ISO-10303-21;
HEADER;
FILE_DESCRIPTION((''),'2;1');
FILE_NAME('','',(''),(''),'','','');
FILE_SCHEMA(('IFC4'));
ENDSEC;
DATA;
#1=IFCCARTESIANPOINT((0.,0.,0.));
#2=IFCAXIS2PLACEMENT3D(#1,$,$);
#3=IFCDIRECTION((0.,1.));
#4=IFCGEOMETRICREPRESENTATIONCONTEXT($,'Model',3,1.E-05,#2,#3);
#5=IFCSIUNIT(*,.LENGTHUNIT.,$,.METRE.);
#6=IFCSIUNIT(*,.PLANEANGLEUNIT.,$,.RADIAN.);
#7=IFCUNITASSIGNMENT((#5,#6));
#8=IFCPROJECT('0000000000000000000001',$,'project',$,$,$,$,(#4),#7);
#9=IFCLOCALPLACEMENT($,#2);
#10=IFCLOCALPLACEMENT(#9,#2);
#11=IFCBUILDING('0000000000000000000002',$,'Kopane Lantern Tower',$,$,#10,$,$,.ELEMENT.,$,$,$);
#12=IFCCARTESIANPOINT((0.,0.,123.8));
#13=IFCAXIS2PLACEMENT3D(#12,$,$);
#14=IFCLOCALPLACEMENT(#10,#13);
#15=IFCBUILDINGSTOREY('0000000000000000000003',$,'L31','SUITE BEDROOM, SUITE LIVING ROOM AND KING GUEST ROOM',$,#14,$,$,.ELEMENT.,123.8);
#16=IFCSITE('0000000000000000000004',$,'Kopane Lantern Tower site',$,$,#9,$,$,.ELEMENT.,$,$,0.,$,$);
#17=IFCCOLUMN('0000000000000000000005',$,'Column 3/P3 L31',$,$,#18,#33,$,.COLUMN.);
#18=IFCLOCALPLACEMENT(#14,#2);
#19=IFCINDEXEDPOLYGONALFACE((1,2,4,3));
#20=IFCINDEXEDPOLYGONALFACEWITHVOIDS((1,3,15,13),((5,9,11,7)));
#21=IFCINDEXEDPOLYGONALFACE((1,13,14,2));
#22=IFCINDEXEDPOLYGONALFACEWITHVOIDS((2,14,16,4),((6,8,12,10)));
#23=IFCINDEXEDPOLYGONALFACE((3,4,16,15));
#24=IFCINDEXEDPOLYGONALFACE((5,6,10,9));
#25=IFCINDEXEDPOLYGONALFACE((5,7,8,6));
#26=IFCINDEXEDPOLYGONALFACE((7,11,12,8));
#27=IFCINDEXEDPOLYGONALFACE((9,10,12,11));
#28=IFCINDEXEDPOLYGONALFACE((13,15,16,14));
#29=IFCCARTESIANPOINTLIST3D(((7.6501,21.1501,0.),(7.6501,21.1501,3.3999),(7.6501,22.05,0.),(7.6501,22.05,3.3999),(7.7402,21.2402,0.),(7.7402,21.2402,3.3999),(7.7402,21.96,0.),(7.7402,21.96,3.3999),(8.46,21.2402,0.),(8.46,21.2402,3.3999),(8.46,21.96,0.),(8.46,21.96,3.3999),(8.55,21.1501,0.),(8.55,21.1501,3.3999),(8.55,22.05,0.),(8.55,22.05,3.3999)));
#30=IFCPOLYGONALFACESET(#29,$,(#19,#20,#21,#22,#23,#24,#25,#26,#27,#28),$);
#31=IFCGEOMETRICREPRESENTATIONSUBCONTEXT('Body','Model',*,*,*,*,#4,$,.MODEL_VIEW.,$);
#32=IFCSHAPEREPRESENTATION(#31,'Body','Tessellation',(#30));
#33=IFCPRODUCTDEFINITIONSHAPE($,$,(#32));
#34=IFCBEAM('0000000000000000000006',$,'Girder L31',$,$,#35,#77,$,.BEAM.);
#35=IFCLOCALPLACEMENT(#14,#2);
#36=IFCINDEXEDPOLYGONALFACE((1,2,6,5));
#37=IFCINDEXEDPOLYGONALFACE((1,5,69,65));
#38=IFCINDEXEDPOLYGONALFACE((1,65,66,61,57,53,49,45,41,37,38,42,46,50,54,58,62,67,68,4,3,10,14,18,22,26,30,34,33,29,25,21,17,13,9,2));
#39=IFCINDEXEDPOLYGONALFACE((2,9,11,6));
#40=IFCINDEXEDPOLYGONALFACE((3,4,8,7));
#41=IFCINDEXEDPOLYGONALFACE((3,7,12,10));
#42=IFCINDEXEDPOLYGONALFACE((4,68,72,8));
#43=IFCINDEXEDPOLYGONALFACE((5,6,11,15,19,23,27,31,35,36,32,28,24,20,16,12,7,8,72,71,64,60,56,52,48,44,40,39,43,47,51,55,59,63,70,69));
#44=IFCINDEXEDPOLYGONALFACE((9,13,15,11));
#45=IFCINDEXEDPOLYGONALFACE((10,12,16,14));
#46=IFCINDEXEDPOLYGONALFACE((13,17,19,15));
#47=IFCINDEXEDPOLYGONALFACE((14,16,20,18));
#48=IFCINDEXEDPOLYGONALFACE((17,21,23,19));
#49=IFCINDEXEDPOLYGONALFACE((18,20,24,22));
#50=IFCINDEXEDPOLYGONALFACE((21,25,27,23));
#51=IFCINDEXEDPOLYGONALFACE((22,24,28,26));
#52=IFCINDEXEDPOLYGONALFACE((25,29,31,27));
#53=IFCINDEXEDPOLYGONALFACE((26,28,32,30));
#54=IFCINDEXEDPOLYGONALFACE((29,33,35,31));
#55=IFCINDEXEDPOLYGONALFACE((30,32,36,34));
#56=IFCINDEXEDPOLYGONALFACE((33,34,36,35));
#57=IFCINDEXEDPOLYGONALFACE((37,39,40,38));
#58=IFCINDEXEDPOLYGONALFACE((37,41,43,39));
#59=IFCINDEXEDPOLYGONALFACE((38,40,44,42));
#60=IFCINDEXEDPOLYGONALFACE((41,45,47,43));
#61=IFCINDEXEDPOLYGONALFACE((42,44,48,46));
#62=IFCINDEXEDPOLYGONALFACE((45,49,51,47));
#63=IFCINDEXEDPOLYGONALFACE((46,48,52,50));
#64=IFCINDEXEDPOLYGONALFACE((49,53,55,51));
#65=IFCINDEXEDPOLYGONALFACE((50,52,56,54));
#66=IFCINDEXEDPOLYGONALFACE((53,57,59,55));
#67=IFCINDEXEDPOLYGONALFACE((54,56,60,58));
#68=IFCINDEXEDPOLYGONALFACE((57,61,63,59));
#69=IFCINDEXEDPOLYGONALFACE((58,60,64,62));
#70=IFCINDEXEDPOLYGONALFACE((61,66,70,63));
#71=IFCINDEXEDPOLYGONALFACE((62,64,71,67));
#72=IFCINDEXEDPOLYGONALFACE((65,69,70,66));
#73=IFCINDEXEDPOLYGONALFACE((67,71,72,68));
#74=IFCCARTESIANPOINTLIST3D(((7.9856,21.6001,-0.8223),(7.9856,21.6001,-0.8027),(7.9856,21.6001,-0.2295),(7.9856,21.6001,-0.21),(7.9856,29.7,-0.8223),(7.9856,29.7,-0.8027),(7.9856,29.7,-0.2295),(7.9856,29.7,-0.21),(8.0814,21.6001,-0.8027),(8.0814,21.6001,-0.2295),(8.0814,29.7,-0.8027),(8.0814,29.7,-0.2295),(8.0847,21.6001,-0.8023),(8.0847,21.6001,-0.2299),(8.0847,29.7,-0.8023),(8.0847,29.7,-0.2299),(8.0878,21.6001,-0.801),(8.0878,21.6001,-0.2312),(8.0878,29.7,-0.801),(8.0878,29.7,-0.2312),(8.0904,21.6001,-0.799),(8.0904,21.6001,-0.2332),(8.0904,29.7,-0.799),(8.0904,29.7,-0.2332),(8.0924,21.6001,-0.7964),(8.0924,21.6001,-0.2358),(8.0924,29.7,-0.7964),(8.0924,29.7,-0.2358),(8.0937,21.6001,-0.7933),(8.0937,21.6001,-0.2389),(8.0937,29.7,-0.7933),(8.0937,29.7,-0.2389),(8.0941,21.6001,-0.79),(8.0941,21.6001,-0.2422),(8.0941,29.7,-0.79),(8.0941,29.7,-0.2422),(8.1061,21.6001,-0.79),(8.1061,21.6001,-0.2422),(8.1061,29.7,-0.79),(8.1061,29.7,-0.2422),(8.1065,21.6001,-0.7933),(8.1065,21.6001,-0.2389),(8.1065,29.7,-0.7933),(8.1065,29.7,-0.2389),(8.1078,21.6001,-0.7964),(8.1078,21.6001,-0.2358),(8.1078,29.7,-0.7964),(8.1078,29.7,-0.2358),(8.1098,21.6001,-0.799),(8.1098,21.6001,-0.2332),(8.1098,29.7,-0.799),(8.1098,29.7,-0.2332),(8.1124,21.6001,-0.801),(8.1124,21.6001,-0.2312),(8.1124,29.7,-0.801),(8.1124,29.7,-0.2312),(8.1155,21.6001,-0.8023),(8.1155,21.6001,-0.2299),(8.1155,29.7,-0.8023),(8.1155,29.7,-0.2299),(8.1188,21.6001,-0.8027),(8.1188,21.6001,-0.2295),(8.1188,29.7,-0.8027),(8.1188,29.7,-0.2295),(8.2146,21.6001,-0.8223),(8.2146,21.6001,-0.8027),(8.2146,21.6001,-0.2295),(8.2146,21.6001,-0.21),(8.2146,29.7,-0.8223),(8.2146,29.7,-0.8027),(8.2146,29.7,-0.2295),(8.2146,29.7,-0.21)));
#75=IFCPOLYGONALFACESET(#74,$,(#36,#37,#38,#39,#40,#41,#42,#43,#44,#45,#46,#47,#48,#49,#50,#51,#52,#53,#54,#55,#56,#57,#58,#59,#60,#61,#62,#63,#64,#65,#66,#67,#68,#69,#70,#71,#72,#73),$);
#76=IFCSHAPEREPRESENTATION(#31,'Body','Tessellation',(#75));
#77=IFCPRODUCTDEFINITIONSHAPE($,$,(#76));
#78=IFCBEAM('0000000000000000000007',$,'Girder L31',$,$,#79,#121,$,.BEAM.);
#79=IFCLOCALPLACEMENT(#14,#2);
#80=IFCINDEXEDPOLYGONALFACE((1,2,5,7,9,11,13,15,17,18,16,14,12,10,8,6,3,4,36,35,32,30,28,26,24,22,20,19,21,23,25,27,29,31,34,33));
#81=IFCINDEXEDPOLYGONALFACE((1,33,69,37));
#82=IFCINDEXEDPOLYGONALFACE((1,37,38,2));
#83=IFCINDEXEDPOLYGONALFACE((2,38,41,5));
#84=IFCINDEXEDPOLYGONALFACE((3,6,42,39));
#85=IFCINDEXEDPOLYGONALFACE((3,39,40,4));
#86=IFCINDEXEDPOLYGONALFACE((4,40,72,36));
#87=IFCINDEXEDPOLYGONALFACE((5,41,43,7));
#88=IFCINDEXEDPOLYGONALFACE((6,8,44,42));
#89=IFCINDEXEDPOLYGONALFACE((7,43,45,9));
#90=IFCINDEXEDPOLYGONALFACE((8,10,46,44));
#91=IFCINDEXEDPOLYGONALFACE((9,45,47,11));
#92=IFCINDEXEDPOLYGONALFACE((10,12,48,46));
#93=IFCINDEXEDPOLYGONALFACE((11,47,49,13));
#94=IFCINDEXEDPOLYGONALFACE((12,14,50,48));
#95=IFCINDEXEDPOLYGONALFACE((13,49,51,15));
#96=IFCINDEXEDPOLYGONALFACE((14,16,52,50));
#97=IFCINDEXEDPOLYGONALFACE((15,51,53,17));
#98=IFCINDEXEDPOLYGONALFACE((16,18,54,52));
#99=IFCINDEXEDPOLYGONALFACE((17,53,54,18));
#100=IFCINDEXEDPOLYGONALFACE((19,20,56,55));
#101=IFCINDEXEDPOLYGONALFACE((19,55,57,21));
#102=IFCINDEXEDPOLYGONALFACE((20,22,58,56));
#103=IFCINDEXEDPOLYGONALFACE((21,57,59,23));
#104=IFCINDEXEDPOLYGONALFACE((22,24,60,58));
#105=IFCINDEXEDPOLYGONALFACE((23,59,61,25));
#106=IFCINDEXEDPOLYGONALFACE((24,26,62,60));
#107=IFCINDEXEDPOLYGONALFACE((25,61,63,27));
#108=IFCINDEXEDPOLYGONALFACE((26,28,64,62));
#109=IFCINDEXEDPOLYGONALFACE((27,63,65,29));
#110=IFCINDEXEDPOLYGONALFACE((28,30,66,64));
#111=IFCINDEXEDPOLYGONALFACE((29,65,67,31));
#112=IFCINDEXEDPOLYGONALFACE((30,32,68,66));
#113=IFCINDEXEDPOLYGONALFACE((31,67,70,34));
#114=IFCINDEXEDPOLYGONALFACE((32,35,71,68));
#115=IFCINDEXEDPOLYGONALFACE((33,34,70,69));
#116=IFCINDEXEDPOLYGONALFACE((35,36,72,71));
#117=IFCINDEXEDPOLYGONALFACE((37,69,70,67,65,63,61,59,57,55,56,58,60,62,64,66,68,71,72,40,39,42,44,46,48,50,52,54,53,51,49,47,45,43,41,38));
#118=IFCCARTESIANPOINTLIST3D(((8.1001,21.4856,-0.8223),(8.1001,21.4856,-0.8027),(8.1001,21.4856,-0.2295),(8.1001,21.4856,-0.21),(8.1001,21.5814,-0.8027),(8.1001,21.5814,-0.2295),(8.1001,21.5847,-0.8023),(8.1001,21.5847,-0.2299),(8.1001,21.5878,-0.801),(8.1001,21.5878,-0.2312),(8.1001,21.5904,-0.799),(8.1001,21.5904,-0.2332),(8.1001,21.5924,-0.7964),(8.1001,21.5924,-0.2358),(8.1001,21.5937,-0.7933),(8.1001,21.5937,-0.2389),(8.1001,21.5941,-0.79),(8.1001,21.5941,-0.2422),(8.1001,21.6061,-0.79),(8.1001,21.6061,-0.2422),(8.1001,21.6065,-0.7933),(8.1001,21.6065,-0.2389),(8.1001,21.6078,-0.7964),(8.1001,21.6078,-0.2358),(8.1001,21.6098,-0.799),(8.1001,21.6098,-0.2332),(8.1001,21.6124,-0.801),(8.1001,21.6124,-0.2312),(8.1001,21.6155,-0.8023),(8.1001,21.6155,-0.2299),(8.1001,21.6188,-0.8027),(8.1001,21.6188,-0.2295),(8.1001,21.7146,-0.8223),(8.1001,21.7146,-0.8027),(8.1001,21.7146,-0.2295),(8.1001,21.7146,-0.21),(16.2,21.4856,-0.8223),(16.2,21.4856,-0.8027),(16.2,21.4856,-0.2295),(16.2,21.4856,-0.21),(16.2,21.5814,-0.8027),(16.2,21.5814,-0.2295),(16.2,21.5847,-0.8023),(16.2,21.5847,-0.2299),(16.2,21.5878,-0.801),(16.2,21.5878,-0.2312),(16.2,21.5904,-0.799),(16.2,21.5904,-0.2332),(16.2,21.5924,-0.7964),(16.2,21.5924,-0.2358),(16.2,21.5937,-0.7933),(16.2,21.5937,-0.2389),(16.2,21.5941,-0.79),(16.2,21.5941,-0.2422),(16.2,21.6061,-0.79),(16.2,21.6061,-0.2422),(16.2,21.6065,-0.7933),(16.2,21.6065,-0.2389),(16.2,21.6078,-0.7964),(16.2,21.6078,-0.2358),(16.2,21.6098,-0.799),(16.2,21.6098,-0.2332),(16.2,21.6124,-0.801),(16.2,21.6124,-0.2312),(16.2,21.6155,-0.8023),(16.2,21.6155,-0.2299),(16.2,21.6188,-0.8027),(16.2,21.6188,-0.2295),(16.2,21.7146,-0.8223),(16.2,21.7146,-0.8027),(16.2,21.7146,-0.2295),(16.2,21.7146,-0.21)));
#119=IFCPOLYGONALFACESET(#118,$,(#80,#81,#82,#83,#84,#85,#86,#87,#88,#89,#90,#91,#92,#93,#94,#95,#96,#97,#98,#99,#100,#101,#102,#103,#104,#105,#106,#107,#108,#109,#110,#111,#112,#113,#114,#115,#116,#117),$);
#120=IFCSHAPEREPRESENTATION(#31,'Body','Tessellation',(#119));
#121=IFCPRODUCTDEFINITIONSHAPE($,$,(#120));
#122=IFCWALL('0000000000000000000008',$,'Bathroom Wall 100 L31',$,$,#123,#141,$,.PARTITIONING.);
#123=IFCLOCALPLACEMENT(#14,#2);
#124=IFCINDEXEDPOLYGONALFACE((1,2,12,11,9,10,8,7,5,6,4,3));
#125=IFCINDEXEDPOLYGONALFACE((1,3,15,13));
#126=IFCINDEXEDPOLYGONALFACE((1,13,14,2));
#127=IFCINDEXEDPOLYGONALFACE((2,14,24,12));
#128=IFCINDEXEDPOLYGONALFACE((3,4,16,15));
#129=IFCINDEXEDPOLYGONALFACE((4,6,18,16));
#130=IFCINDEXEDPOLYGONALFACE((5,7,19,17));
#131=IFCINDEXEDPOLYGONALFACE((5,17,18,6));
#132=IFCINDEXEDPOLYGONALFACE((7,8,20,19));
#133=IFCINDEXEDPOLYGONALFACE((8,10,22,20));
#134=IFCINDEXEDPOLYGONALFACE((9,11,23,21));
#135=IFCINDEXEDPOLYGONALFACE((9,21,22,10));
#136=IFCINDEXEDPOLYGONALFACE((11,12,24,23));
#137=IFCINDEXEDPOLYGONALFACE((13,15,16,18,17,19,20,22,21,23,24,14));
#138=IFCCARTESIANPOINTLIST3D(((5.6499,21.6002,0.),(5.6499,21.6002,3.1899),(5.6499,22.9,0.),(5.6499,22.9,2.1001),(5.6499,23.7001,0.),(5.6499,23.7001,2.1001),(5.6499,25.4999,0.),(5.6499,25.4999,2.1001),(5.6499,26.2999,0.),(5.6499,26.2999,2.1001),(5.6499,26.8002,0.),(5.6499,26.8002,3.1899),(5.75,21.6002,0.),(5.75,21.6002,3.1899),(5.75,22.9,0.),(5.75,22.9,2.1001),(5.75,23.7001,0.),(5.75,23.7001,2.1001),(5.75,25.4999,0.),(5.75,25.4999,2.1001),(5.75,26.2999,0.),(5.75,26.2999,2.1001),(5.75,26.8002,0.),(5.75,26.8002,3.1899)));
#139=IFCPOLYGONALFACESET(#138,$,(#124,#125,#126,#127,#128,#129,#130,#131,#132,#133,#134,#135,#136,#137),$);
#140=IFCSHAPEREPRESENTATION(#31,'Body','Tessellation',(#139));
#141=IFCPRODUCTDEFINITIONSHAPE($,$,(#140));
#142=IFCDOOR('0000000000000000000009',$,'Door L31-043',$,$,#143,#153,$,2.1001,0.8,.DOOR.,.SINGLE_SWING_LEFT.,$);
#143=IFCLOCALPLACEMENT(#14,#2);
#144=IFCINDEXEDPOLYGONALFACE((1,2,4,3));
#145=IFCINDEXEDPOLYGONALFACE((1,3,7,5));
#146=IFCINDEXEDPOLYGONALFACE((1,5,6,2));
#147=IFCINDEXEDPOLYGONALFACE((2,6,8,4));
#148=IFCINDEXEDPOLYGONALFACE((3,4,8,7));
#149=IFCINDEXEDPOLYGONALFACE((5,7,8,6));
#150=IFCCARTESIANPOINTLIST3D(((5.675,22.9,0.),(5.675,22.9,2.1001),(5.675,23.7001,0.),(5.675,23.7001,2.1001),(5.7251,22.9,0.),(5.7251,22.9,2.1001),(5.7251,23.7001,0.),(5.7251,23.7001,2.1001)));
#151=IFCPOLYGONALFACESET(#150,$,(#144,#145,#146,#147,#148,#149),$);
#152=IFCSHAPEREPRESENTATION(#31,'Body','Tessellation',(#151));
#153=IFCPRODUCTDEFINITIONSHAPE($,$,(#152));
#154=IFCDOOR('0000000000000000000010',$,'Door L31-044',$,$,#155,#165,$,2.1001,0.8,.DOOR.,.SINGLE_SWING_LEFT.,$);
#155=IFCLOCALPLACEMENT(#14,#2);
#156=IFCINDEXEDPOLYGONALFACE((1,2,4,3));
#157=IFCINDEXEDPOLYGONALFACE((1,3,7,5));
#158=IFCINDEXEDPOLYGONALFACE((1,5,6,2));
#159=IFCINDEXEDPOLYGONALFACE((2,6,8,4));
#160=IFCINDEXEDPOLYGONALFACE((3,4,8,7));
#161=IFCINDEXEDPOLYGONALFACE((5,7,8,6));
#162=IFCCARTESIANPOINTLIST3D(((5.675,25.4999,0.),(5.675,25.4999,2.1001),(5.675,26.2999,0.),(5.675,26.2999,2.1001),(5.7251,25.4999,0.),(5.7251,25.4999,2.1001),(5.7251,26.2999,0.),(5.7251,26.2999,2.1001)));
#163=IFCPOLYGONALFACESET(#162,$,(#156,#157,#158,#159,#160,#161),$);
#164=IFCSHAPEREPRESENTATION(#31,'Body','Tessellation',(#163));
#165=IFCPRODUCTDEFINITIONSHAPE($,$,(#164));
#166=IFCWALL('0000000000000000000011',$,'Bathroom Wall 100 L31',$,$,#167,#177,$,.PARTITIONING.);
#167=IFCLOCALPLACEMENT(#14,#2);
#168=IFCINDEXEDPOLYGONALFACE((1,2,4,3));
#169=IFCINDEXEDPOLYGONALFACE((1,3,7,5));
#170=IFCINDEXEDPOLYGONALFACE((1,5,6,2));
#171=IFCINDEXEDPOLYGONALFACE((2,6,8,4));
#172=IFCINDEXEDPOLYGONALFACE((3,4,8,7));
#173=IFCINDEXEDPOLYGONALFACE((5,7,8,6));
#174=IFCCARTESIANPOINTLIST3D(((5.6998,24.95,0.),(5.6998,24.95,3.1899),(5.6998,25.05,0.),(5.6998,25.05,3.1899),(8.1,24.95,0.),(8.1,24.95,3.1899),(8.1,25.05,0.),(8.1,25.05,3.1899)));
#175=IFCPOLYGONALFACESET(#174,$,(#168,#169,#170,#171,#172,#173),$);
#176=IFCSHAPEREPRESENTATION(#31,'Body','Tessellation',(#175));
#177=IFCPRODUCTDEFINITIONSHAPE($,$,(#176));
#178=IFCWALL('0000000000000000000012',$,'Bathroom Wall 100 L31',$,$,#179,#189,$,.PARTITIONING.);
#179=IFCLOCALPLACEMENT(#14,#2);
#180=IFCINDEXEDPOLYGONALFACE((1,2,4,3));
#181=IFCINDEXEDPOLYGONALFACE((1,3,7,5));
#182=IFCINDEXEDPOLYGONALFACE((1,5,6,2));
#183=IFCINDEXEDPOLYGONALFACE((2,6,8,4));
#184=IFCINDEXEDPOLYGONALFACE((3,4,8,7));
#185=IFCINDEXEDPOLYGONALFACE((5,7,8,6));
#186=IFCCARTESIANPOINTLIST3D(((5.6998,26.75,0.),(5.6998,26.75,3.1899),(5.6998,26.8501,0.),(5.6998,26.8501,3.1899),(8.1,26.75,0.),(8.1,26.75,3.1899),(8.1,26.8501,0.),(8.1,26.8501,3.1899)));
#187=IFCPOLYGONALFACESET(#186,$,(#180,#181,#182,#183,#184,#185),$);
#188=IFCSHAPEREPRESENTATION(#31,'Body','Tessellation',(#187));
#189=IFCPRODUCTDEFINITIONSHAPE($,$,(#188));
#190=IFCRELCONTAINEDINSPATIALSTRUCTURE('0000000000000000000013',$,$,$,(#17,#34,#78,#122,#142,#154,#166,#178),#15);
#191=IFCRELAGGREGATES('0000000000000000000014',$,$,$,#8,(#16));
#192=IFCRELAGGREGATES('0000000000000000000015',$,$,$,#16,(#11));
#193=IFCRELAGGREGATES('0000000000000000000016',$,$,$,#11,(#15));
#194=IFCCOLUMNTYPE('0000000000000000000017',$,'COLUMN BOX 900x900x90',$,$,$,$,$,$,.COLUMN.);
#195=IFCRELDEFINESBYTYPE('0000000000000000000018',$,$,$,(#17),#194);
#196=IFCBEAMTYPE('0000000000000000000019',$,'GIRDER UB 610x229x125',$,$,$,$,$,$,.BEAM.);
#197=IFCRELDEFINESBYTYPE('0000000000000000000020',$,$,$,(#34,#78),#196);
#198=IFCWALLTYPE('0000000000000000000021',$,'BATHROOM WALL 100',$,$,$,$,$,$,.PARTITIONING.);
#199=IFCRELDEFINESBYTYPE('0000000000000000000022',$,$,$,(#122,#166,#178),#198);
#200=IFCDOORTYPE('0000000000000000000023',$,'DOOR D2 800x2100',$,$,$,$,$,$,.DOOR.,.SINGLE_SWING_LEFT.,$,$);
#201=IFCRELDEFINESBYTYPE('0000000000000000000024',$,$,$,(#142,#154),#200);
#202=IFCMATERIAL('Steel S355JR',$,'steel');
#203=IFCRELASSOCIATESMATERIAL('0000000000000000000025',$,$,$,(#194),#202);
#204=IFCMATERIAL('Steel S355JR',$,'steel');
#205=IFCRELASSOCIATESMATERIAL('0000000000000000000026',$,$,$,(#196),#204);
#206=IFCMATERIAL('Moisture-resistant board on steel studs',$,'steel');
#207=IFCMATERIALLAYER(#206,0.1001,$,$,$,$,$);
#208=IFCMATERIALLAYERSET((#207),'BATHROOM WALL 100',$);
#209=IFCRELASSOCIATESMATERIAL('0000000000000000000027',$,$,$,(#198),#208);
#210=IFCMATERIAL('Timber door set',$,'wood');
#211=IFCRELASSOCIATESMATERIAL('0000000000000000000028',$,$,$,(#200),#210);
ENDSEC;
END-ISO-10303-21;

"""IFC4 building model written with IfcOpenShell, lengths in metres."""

from ifc_helpers import new_model, si_unit, direction, frame, frame_2d, origin, origin_2d, place, context, subcontext, project, spatial, rectangle, hollow_rectangle, i_section, extrude, material, layer, layer_set, material_profile, profile_set, type_object, element, fill, save


model = new_model("IFC4")

# Units and contexts
model_context = context("Model", 3, precision=1e-05, world=origin(), true_north=direction((0.0, 1.0)))
body_context = subcontext(model_context, "Body", "Model", "MODEL_VIEW")
ifc_project = project(units=[si_unit("LENGTHUNIT", "METRE"), si_unit("PLANEANGLEUNIT", "RADIAN")], contexts=[model_context])

# Site, building, storey
site_placement = place(None, origin())
site = spatial("IfcSite", under=ifc_project, at=site_placement, Name="Kopane Lantern Tower site", CompositionType="ELEMENT", RefElevation=0.0)
building_placement = place(site_placement, origin())
building = spatial("IfcBuilding", under=site, at=building_placement, Name="Kopane Lantern Tower", CompositionType="ELEMENT")
storey_placement = place(building_placement, frame((0.0, 0.0, 123.8)))
storey = spatial("IfcBuildingStorey", under=building, at=storey_placement, Name="L31", Description="SUITE BEDROOM, SUITE LIVING ROOM AND KING GUEST ROOM", CompositionType="ELEMENT", Elevation=123.8)

# Column
ifc_material_1 = material(Name="Steel S355JR", Category="steel")
ifc_material_profile_1 = material_profile(ifc_material_1, hollow_rectangle(XDim=0.8999, YDim=0.8999, WallThickness=0.0901, at=origin_2d()), Name="BOX 900x900x90")
ifc_profile_set_1 = profile_set([ifc_material_profile_1], Name="Steel S355JR")
column_type = type_object("IfcColumnType", Name="COLUMN BOX 900x900x90", PredefinedType="COLUMN", material=ifc_profile_set_1)
column_placement = place(storey_placement, frame((8.1001, 21.6001, 0.0), z_axis=(0.0, 0.0, 1.0), x_axis=(1.0, 0.0, 0.0)))
element("IfcColumn", 1, at=column_placement, inside=storey, type_object=column_type, Name="Column 3/P3 L31", PredefinedType="COLUMN", context=body_context, shape_type="SweptSolid", body=[
    extrude(hollow_rectangle(XDim=0.8999, YDim=0.8999, WallThickness=0.0901, at=origin_2d()), origin(), (0.0, 0.0, 1.0), 3.3999),
])

# Beams
ifc_material_2 = material(Name="Steel S355JR", Category="steel")
ifc_material_profile_2 = material_profile(ifc_material_2, i_section(OverallWidth=0.229, OverallDepth=0.6123, WebThickness=0.012, FlangeThickness=0.0195, FilletRadius=0.0127, at=origin_2d()), Name="UB 610x229x125")
ifc_profile_set_2 = profile_set([ifc_material_profile_2], Name="Steel S355JR")
beam_type = type_object("IfcBeamType", Name="GIRDER UB 610x229x125", PredefinedType="BEAM", material=ifc_profile_set_2)
for number, where, z_axis, x_axis, name in (
    (2, (8.1001, 21.6001, -0.5161), (0.0, 1.0, 0.0), (-1.0, 0.0, 0.0), "Girder L31"),
    (3, (8.1001, 21.6001, -0.5161), (1.0, 0.0, 0.0), (0.0, 1.0, 0.0), "Girder L31"),
):
    element("IfcBeam", number, at=place(storey_placement, frame(where, z_axis=z_axis, x_axis=x_axis)), inside=storey, type_object=beam_type, Name=name, PredefinedType="BEAM", context=body_context, shape_type="SweptSolid", body=[
        extrude(i_section(OverallWidth=0.229, OverallDepth=0.6123, WebThickness=0.012, FlangeThickness=0.0195, FilletRadius=0.0127, at=origin_2d()), origin(), (0.0, 0.0, 1.0), 8.0999),
    ])

# Wall, openings, doors
ifc_material_3 = material(Name="Moisture-resistant board on steel studs", Category="steel")
ifc_layer_1 = layer(ifc_material_3, 0.1001)
ifc_layer_set_1 = layer_set([ifc_layer_1], Name="BATHROOM WALL 100")
wall_type_1 = type_object("IfcWallType", Name="BATHROOM WALL 100", PredefinedType="PARTITIONING", material=ifc_layer_set_1)
wall_1_placement = place(storey_placement, frame((5.7, 21.6001, 0.0), z_axis=(0.0, 0.0, 1.0), x_axis=(0.0, 1.0, 0.0)))
wall_1 = element("IfcWall", 4, at=wall_1_placement, inside=storey, type_object=wall_type_1, Name="Bathroom Wall 100 L31", PredefinedType="PARTITIONING", context=body_context, shape_type="SweptSolid", body=[
    extrude(rectangle(XDim=5.2, YDim=0.1001, at=frame_2d((2.6001, 0.0))), origin(), (0.0, 0.0, 1.0), 3.1899),
])
opening_1_placement = place(wall_1_placement, frame((1.3, 0.0, 0.0)))
opening_1 = element("IfcOpeningElement", 5, at=opening_1_placement, cuts=wall_1, PredefinedType="OPENING", context=body_context, shape_type="SweptSolid", body=[
    extrude(rectangle(XDim=0.8, YDim=2.1001, at=frame_2d((0.3999, 1.05))), frame((0.0, 0.0601, 0.0), z_axis=(0.0, -1.0, 0.0), x_axis=(1.0, 0.0, 0.0)), (0.0, 0.0, 1.0), 0.1201),
])
opening_2_placement = place(wall_1_placement, frame((3.8999, 0.0, 0.0)))
opening_2 = element("IfcOpeningElement", 6, at=opening_2_placement, cuts=wall_1, PredefinedType="OPENING", context=body_context, shape_type="SweptSolid", body=[
    extrude(rectangle(XDim=0.8, YDim=2.1001, at=frame_2d((0.3999, 1.05))), frame((0.0, 0.0601, 0.0), z_axis=(0.0, -1.0, 0.0), x_axis=(1.0, 0.0, 0.0)), (0.0, 0.0, 1.0), 0.1201),
])
ifc_material_4 = material(Name="Timber door set", Category="wood")
door_type_1 = type_object("IfcDoorType", Name="DOOR D2 800x2100", OperationType="SINGLE_SWING_LEFT", PredefinedType="DOOR", material=ifc_material_4)
door_1_placement = place(opening_1_placement, origin())
door_1 = element("IfcDoor", 7, at=door_1_placement, inside=storey, type_object=door_type_1, Name="Door L31-043", OperationType="SINGLE_SWING_LEFT", OverallHeight=2.1001, OverallWidth=0.8, PredefinedType="DOOR", context=body_context, shape_type="SweptSolid", body=[
    extrude(rectangle(XDim=0.8, YDim=2.1001, at=frame_2d((0.3999, 1.05))), frame((0.0, 0.0249, 0.0), z_axis=(0.0, -1.0, 0.0), x_axis=(1.0, 0.0, 0.0)), (0.0, 0.0, 1.0), 0.05),
])
fill(opening_1, door_1)
door_2_placement = place(opening_2_placement, origin())
door_2 = element("IfcDoor", 8, at=door_2_placement, inside=storey, type_object=door_type_1, Name="Door L31-044", OperationType="SINGLE_SWING_LEFT", OverallHeight=2.1001, OverallWidth=0.8, PredefinedType="DOOR", context=body_context, shape_type="SweptSolid", body=[
    extrude(rectangle(XDim=0.8, YDim=2.1001, at=frame_2d((0.3999, 1.05))), frame((0.0, 0.0249, 0.0), z_axis=(0.0, -1.0, 0.0), x_axis=(1.0, 0.0, 0.0)), (0.0, 0.0, 1.0), 0.05),
])
fill(opening_2, door_2)

# Walls
for number, where, z_axis, x_axis, name in (
    (9, (8.1001, 25.0, 0.0), (0.0, 0.0, 1.0), (-1.0, 0.0, 0.0), "Bathroom Wall 100 L31"),
    (10, (8.1001, 26.8, 0.0), (0.0, 0.0, 1.0), (-1.0, 0.0, 0.0), "Bathroom Wall 100 L31"),
):
    element("IfcWall", number, at=place(storey_placement, frame(where, z_axis=z_axis, x_axis=x_axis)), inside=storey, type_object=wall_type_1, Name=name, PredefinedType="PARTITIONING", context=body_context, shape_type="SweptSolid", body=[
        extrude(rectangle(XDim=2.4001, YDim=0.1001, at=frame_2d((1.2002, 0.0))), origin(), (0.0, 0.0, 1.0), 3.1899),
    ])

save(model, "model.ifc")
